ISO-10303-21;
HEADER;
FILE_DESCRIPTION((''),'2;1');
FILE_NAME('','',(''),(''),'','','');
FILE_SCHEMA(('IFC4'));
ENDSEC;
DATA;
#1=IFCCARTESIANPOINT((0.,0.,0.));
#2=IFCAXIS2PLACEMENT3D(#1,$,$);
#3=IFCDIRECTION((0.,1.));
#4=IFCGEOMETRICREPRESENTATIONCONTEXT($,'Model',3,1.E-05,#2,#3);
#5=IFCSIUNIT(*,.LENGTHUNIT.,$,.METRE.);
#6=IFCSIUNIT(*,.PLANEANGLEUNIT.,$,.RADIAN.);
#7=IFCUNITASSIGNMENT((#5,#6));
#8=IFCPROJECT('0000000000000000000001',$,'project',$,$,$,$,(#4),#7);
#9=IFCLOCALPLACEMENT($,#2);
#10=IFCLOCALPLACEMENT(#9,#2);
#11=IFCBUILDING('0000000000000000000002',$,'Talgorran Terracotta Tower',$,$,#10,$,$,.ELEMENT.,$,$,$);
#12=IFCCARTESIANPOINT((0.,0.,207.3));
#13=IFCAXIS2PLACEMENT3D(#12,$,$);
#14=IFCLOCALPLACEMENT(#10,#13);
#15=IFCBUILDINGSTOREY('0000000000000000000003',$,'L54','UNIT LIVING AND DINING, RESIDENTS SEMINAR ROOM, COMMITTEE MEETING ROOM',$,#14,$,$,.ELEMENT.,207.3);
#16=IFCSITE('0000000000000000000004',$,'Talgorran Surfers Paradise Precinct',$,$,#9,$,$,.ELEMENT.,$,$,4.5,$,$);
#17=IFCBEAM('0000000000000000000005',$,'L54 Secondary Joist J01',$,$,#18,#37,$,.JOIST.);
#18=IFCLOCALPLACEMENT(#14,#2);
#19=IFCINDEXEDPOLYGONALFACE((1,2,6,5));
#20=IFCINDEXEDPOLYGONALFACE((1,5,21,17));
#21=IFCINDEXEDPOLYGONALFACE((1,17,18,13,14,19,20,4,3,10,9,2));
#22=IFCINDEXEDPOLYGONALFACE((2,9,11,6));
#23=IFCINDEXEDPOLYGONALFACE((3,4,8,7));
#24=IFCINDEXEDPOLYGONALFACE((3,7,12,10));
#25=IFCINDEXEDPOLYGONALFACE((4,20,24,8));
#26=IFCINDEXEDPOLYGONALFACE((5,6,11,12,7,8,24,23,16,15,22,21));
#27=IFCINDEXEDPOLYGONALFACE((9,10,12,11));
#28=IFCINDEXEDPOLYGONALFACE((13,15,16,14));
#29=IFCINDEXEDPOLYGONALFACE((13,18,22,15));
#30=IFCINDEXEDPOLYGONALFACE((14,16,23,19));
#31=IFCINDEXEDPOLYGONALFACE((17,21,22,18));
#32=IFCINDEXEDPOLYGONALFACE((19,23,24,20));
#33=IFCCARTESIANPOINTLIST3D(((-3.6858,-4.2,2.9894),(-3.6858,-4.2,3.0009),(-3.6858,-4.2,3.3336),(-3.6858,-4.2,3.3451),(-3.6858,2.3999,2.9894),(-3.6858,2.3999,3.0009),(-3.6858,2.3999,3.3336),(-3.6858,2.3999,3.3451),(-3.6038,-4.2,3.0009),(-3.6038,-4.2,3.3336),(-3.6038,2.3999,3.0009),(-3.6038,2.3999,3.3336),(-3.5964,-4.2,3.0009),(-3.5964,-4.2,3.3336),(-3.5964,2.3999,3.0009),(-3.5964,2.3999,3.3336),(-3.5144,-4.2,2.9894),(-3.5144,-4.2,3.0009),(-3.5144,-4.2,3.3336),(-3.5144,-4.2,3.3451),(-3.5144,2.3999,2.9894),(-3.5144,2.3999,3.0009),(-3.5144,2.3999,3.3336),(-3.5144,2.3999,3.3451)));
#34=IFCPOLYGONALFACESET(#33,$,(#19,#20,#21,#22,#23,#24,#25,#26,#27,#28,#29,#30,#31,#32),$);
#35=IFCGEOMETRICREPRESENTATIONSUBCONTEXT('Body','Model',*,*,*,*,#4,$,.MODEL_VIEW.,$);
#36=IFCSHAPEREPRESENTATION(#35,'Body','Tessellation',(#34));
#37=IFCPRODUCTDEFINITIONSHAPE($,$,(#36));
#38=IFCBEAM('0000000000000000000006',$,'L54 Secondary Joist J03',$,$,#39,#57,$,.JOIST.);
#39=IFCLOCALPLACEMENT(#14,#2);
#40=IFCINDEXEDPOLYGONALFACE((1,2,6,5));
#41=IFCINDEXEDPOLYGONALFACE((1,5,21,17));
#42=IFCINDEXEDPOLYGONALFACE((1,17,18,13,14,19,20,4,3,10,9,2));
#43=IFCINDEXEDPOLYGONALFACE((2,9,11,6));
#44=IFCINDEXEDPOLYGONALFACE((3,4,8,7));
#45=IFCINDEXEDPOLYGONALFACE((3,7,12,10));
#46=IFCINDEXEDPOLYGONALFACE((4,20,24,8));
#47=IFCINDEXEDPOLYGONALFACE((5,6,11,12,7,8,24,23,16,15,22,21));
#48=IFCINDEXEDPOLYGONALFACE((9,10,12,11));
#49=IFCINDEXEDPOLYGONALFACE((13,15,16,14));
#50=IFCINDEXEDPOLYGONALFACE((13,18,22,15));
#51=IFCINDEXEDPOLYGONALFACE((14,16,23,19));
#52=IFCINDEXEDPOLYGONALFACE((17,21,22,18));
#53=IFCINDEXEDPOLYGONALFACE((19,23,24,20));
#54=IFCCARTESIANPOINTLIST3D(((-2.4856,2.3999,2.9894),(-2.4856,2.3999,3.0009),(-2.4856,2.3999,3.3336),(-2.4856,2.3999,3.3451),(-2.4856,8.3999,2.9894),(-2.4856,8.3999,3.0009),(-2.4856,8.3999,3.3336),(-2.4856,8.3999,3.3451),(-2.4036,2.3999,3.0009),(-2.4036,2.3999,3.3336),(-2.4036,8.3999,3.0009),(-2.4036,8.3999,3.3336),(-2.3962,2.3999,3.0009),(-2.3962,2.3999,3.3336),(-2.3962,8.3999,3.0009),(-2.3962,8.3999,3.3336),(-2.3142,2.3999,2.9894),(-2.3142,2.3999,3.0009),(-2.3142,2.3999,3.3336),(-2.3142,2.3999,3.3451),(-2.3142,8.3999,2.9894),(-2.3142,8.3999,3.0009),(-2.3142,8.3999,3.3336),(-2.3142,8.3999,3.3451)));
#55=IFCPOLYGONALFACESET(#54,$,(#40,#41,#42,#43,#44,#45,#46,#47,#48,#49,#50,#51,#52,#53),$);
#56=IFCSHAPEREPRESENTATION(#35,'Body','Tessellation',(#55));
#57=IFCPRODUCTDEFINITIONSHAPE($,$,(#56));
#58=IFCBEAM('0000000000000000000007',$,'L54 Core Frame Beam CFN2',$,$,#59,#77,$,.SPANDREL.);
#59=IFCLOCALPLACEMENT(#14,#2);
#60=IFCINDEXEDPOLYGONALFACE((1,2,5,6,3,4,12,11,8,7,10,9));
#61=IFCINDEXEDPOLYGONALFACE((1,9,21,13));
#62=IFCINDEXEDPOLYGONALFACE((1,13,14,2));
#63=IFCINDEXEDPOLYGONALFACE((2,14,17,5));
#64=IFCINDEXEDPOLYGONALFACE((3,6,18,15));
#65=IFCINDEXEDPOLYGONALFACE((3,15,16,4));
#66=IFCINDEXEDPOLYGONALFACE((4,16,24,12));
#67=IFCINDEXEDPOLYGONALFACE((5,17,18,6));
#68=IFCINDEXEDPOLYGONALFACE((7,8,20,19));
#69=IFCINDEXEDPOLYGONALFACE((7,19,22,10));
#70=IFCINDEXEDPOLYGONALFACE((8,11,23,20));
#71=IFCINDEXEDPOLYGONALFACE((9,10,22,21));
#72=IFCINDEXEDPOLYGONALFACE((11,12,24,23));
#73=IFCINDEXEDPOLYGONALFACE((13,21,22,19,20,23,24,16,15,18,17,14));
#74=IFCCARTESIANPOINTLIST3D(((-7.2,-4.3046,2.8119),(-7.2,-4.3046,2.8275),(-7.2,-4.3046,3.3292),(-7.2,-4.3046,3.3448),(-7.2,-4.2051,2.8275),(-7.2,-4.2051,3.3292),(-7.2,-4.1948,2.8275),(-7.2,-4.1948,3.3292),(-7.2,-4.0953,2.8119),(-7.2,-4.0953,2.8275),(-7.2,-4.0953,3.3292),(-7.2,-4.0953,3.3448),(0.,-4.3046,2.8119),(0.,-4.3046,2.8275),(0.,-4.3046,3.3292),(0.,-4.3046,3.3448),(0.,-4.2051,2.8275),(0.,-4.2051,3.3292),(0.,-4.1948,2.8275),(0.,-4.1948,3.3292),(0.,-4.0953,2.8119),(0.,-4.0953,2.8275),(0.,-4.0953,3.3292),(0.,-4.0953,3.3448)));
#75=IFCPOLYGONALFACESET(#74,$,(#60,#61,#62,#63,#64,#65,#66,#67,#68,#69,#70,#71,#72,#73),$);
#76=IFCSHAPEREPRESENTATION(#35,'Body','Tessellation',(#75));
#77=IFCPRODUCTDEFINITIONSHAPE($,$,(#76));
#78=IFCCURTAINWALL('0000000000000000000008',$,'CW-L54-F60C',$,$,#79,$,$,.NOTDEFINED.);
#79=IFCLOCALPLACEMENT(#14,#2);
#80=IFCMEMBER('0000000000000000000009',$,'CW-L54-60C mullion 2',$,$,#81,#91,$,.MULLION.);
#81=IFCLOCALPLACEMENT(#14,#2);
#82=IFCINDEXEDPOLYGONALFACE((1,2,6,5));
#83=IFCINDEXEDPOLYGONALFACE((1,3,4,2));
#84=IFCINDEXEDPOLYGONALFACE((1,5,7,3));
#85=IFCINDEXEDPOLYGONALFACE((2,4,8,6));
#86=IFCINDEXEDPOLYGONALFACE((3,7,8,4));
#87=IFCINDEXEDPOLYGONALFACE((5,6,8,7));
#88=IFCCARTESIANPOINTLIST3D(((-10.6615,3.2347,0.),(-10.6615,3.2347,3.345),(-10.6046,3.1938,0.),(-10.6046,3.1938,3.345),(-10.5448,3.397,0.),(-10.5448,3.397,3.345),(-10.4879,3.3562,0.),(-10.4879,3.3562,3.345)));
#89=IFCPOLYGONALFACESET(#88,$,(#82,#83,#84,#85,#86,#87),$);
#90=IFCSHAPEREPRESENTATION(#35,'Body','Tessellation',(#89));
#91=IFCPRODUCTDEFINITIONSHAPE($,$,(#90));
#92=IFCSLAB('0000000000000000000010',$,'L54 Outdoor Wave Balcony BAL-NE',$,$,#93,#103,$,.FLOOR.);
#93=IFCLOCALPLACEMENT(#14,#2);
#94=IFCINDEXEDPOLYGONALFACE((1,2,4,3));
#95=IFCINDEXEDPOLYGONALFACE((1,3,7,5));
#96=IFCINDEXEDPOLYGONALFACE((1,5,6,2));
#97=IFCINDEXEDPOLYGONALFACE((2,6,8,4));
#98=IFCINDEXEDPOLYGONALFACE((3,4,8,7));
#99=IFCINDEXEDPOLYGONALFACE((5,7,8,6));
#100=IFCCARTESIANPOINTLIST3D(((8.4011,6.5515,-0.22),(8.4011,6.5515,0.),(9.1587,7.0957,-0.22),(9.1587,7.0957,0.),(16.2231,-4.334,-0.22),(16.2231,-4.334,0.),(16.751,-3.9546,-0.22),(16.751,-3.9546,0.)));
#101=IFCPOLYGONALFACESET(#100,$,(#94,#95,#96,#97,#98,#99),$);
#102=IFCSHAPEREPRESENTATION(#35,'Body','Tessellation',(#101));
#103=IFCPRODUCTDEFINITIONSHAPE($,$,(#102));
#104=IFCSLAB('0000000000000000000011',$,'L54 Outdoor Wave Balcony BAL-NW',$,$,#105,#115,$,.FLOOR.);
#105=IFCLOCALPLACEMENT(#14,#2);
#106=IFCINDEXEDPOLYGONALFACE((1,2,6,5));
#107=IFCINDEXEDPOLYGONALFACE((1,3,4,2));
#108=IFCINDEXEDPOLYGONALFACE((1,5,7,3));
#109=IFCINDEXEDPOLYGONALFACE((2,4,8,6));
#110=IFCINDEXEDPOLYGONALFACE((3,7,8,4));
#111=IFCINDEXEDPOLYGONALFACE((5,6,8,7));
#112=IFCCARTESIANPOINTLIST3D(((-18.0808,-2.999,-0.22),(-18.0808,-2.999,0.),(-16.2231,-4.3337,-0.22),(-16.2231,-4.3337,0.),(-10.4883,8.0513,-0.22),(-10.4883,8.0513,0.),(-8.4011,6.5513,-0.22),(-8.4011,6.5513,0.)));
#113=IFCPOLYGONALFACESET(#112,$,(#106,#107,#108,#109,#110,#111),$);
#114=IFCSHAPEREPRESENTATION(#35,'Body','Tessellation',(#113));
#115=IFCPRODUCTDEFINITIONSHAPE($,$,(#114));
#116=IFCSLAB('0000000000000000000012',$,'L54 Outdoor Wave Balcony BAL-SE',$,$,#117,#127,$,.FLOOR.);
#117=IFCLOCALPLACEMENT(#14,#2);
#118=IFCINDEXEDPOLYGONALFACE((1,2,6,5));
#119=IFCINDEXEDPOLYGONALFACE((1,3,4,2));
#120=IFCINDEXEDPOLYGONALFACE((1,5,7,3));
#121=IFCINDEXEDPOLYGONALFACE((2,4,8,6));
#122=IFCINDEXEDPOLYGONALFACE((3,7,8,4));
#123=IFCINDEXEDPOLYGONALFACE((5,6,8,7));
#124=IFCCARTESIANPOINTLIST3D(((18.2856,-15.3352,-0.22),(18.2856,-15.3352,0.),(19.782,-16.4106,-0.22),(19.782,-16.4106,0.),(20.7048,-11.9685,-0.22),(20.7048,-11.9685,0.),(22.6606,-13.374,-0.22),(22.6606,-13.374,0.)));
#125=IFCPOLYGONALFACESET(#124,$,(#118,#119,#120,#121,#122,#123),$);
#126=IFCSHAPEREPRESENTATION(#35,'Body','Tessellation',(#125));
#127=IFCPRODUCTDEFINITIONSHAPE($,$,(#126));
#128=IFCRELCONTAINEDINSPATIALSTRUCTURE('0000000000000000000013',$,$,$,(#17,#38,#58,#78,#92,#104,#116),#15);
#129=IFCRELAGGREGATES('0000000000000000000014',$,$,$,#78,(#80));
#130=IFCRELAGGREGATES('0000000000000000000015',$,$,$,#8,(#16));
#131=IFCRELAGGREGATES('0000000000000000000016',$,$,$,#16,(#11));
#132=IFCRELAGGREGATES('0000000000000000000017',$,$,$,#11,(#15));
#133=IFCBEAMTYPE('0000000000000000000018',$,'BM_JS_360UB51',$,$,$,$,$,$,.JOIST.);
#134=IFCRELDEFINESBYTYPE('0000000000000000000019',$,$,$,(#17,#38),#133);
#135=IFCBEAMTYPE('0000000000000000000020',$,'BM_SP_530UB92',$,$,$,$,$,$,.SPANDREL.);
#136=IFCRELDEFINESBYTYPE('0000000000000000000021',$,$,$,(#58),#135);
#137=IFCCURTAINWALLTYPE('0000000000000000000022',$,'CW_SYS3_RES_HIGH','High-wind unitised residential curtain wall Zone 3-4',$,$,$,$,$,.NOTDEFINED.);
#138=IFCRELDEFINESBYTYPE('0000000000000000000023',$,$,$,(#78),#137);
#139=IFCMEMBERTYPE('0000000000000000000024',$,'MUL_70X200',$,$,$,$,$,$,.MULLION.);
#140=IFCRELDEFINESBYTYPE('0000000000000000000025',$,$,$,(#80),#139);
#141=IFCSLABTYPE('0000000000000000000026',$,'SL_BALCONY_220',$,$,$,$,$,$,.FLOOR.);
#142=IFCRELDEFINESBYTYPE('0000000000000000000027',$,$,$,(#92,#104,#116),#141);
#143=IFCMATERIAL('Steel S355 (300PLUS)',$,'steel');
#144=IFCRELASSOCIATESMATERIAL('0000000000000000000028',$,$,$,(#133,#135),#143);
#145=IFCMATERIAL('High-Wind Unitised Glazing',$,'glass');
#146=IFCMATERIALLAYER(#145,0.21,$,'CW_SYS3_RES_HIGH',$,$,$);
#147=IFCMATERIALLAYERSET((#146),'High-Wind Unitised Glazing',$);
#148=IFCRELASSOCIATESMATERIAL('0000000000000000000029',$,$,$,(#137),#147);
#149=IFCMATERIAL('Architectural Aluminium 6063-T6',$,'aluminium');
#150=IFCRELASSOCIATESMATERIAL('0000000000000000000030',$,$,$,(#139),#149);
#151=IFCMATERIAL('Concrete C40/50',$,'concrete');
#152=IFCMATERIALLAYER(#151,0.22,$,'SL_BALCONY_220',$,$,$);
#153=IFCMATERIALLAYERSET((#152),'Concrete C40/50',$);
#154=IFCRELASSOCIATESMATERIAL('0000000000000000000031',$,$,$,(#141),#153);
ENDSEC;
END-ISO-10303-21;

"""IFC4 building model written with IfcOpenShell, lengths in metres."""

from ifc_helpers import new_model, si_unit, direction, frame, origin, origin_2d, place, context, subcontext, project, spatial, polyline, rectangle, i_section, outline, extrude, material, layer, layer_set, material_profile, profile_set, type_object, element, aggregate, save


model = new_model("IFC4")

# Units and contexts
model_context = context("Model", 3, precision=1e-05, world=origin(), true_north=direction((0.0, 1.0)))
body_context = subcontext(model_context, "Body", "Model", "MODEL_VIEW")
ifc_project = project(units=[si_unit("LENGTHUNIT", "METRE"), si_unit("PLANEANGLEUNIT", "RADIAN")], contexts=[model_context])

# Site, building, storey
site_placement = place(None, origin())
site = spatial("IfcSite", under=ifc_project, at=site_placement, Name="Talgorran Surfers Paradise Precinct", CompositionType="ELEMENT", RefElevation=4.5)
building_placement = place(site_placement, origin())
building = spatial("IfcBuilding", under=site, at=building_placement, Name="Talgorran Terracotta Tower", CompositionType="ELEMENT")
storey_placement = place(building_placement, frame((0.0, 0.0, 207.3)))
storey = spatial("IfcBuildingStorey", under=building, at=storey_placement, Name="L54", Description="UNIT LIVING AND DINING, RESIDENTS SEMINAR ROOM, COMMITTEE MEETING ROOM", CompositionType="ELEMENT", Elevation=207.3)

# Shared definitions
ifc_material_1 = material(Name="Steel S355 (300PLUS)", Category="steel")

# Beams
ifc_material_profile_1 = material_profile(ifc_material_1, i_section(OverallWidth=0.1714, OverallDepth=0.3557, WebThickness=0.0073, FlangeThickness=0.0115, at=origin_2d()), Name="360UB50.7")
ifc_profile_set_1 = profile_set([ifc_material_profile_1], Name="Steel S355 (300PLUS)")
beam_type_1 = type_object("IfcBeamType", Name="BM_JS_360UB51", PredefinedType="JOIST", material=ifc_profile_set_1)
beam_1_placement = place(storey_placement, frame((-3.6001, -4.2, 3.1672), z_axis=(0.0, 1.0, 0.0), x_axis=(-1.0, 0.0, 0.0)))
element("IfcBeam", 1, at=beam_1_placement, inside=storey, type_object=beam_type_1, Name="L54 Secondary Joist J01", PredefinedType="JOIST", context=body_context, shape_type="SweptSolid", body=[
    extrude(i_section(OverallWidth=0.1714, OverallDepth=0.3557, WebThickness=0.0073, FlangeThickness=0.0115, at=origin_2d()), origin(), (0.0, 0.0, 1.0), 6.5999),
])
beam_2_placement = place(storey_placement, frame((-2.3999, 2.3999, 3.1672), z_axis=(0.0, 1.0, 0.0), x_axis=(-1.0, 0.0, 0.0)))
element("IfcBeam", 2, at=beam_2_placement, inside=storey, type_object=beam_type_1, Name="L54 Secondary Joist J03", PredefinedType="JOIST", context=body_context, shape_type="SweptSolid", body=[
    extrude(i_section(OverallWidth=0.1714, OverallDepth=0.3557, WebThickness=0.0073, FlangeThickness=0.0115, at=origin_2d()), origin(), (0.0, 0.0, 1.0), 6.0),
])
ifc_material_profile_2 = material_profile(ifc_material_1, i_section(OverallWidth=0.2092, OverallDepth=0.533, WebThickness=0.0103, FlangeThickness=0.0156, at=origin_2d()), Name="530UB92.4")
ifc_profile_set_2 = profile_set([ifc_material_profile_2], Name="Steel S355 (300PLUS)")
beam_type_2 = type_object("IfcBeamType", Name="BM_SP_530UB92", PredefinedType="SPANDREL", material=ifc_profile_set_2)
beam_3_placement = place(storey_placement, frame((-7.2, -4.2, 3.0784), z_axis=(1.0, 0.0, 0.0), x_axis=(0.0, 1.0, 0.0)))
element("IfcBeam", 3, at=beam_3_placement, inside=storey, type_object=beam_type_2, Name="L54 Core Frame Beam CFN2", PredefinedType="SPANDREL", context=body_context, shape_type="SweptSolid", body=[
    extrude(i_section(OverallWidth=0.2092, OverallDepth=0.533, WebThickness=0.0103, FlangeThickness=0.0156, at=origin_2d()), origin(), (0.0, 0.0, 1.0), 7.2),
])

# Curtain wall, member
ifc_material_2 = material(Name="High-Wind Unitised Glazing", Category="glass")
ifc_layer_1 = layer(ifc_material_2, 0.21, Name="CW_SYS3_RES_HIGH")
ifc_layer_set_1 = layer_set([ifc_layer_1], Name="High-Wind Unitised Glazing")
curtain_wall_type = type_object("IfcCurtainWallType", Name="CW_SYS3_RES_HIGH", Description="High-wind unitised residential curtain wall Zone 3-4", PredefinedType="NOTDEFINED", material=ifc_layer_set_1)
curtain_wall_placement = place(storey_placement, origin())
curtain_wall = element("IfcCurtainWall", 4, at=curtain_wall_placement, inside=storey, type_object=curtain_wall_type, Name="CW-L54-F60C", PredefinedType="NOTDEFINED")
ifc_material_3 = material(Name="Architectural Aluminium 6063-T6", Category="aluminium")
ifc_material_profile_3 = material_profile(ifc_material_3, rectangle(XDim=0.0701, YDim=0.2, at=origin_2d()), Name="CWM70X200")
ifc_profile_set_3 = profile_set([ifc_material_profile_3], Name="Architectural Aluminium 6063-T6")
member_type = type_object("IfcMemberType", Name="MUL_70X200", PredefinedType="MULLION", material=ifc_profile_set_3)
member_placement = place(storey_placement, frame((-10.5747, 3.2954, 0.0), z_axis=(0.0, 0.0, 1.0), x_axis=(0.812071, -0.583559, 0.0)))
member = element("IfcMember", 5, at=member_placement, type_object=member_type, Name="CW-L54-60C mullion 2", PredefinedType="MULLION", context=body_context, shape_type="SweptSolid", body=[
    extrude(rectangle(XDim=0.0701, YDim=0.2, at=origin_2d()), origin(), (0.0, 0.0, 1.0), 3.345),
])
aggregate(curtain_wall, [member])

# Slabs
ifc_material_4 = material(Name="Concrete C40/50", Category="concrete")
ifc_layer_2 = layer(ifc_material_4, 0.22, Name="SL_BALCONY_220")
ifc_layer_set_2 = layer_set([ifc_layer_2], Name="Concrete C40/50")
slab_type_1 = type_object("IfcSlabType", Name="SL_BALCONY_220", PredefinedType="FLOOR", material=ifc_layer_set_2)
slab_1_placement = place(storey_placement, frame((0.0, 0.0, -0.22)))
element("IfcSlab", 6, at=slab_1_placement, inside=storey, type_object=slab_type_1, Name="L54 Outdoor Wave Balcony BAL-NE", PredefinedType="FLOOR", context=body_context, shape_type="SweptSolid", body=[
    extrude(outline(polyline([(8.4011, 6.5515), (16.2231, -4.334), (16.751, -3.9546), (9.1587, 7.0957), (8.4011, 6.5515)])), origin(), (0.0, 0.0, 1.0), 0.22),
])
slab_2_placement = place(storey_placement, frame((0.0, 0.0, -0.22)))
element("IfcSlab", 7, at=slab_2_placement, inside=storey, type_object=slab_type_1, Name="L54 Outdoor Wave Balcony BAL-NW", PredefinedType="FLOOR", context=body_context, shape_type="SweptSolid", body=[
    extrude(outline(polyline([(-16.2231, -4.3337), (-8.4011, 6.5513), (-10.4883, 8.0513), (-18.0808, -2.999), (-16.2231, -4.3337)])), origin(), (0.0, 0.0, 1.0), 0.22),
])
slab_3_placement = place(storey_placement, frame((0.0, 0.0, -0.22)))
element("IfcSlab", 8, at=slab_3_placement, inside=storey, type_object=slab_type_1, Name="L54 Outdoor Wave Balcony BAL-SE", PredefinedType="FLOOR", context=body_context, shape_type="SweptSolid", body=[
    extrude(outline(polyline([(20.7048, -11.9685), (18.2856, -15.3352), (19.782, -16.4106), (22.6606, -13.374), (20.7048, -11.9685)])), origin(), (0.0, 0.0, 1.0), 0.22),
])

save(model, "model.ifc")
